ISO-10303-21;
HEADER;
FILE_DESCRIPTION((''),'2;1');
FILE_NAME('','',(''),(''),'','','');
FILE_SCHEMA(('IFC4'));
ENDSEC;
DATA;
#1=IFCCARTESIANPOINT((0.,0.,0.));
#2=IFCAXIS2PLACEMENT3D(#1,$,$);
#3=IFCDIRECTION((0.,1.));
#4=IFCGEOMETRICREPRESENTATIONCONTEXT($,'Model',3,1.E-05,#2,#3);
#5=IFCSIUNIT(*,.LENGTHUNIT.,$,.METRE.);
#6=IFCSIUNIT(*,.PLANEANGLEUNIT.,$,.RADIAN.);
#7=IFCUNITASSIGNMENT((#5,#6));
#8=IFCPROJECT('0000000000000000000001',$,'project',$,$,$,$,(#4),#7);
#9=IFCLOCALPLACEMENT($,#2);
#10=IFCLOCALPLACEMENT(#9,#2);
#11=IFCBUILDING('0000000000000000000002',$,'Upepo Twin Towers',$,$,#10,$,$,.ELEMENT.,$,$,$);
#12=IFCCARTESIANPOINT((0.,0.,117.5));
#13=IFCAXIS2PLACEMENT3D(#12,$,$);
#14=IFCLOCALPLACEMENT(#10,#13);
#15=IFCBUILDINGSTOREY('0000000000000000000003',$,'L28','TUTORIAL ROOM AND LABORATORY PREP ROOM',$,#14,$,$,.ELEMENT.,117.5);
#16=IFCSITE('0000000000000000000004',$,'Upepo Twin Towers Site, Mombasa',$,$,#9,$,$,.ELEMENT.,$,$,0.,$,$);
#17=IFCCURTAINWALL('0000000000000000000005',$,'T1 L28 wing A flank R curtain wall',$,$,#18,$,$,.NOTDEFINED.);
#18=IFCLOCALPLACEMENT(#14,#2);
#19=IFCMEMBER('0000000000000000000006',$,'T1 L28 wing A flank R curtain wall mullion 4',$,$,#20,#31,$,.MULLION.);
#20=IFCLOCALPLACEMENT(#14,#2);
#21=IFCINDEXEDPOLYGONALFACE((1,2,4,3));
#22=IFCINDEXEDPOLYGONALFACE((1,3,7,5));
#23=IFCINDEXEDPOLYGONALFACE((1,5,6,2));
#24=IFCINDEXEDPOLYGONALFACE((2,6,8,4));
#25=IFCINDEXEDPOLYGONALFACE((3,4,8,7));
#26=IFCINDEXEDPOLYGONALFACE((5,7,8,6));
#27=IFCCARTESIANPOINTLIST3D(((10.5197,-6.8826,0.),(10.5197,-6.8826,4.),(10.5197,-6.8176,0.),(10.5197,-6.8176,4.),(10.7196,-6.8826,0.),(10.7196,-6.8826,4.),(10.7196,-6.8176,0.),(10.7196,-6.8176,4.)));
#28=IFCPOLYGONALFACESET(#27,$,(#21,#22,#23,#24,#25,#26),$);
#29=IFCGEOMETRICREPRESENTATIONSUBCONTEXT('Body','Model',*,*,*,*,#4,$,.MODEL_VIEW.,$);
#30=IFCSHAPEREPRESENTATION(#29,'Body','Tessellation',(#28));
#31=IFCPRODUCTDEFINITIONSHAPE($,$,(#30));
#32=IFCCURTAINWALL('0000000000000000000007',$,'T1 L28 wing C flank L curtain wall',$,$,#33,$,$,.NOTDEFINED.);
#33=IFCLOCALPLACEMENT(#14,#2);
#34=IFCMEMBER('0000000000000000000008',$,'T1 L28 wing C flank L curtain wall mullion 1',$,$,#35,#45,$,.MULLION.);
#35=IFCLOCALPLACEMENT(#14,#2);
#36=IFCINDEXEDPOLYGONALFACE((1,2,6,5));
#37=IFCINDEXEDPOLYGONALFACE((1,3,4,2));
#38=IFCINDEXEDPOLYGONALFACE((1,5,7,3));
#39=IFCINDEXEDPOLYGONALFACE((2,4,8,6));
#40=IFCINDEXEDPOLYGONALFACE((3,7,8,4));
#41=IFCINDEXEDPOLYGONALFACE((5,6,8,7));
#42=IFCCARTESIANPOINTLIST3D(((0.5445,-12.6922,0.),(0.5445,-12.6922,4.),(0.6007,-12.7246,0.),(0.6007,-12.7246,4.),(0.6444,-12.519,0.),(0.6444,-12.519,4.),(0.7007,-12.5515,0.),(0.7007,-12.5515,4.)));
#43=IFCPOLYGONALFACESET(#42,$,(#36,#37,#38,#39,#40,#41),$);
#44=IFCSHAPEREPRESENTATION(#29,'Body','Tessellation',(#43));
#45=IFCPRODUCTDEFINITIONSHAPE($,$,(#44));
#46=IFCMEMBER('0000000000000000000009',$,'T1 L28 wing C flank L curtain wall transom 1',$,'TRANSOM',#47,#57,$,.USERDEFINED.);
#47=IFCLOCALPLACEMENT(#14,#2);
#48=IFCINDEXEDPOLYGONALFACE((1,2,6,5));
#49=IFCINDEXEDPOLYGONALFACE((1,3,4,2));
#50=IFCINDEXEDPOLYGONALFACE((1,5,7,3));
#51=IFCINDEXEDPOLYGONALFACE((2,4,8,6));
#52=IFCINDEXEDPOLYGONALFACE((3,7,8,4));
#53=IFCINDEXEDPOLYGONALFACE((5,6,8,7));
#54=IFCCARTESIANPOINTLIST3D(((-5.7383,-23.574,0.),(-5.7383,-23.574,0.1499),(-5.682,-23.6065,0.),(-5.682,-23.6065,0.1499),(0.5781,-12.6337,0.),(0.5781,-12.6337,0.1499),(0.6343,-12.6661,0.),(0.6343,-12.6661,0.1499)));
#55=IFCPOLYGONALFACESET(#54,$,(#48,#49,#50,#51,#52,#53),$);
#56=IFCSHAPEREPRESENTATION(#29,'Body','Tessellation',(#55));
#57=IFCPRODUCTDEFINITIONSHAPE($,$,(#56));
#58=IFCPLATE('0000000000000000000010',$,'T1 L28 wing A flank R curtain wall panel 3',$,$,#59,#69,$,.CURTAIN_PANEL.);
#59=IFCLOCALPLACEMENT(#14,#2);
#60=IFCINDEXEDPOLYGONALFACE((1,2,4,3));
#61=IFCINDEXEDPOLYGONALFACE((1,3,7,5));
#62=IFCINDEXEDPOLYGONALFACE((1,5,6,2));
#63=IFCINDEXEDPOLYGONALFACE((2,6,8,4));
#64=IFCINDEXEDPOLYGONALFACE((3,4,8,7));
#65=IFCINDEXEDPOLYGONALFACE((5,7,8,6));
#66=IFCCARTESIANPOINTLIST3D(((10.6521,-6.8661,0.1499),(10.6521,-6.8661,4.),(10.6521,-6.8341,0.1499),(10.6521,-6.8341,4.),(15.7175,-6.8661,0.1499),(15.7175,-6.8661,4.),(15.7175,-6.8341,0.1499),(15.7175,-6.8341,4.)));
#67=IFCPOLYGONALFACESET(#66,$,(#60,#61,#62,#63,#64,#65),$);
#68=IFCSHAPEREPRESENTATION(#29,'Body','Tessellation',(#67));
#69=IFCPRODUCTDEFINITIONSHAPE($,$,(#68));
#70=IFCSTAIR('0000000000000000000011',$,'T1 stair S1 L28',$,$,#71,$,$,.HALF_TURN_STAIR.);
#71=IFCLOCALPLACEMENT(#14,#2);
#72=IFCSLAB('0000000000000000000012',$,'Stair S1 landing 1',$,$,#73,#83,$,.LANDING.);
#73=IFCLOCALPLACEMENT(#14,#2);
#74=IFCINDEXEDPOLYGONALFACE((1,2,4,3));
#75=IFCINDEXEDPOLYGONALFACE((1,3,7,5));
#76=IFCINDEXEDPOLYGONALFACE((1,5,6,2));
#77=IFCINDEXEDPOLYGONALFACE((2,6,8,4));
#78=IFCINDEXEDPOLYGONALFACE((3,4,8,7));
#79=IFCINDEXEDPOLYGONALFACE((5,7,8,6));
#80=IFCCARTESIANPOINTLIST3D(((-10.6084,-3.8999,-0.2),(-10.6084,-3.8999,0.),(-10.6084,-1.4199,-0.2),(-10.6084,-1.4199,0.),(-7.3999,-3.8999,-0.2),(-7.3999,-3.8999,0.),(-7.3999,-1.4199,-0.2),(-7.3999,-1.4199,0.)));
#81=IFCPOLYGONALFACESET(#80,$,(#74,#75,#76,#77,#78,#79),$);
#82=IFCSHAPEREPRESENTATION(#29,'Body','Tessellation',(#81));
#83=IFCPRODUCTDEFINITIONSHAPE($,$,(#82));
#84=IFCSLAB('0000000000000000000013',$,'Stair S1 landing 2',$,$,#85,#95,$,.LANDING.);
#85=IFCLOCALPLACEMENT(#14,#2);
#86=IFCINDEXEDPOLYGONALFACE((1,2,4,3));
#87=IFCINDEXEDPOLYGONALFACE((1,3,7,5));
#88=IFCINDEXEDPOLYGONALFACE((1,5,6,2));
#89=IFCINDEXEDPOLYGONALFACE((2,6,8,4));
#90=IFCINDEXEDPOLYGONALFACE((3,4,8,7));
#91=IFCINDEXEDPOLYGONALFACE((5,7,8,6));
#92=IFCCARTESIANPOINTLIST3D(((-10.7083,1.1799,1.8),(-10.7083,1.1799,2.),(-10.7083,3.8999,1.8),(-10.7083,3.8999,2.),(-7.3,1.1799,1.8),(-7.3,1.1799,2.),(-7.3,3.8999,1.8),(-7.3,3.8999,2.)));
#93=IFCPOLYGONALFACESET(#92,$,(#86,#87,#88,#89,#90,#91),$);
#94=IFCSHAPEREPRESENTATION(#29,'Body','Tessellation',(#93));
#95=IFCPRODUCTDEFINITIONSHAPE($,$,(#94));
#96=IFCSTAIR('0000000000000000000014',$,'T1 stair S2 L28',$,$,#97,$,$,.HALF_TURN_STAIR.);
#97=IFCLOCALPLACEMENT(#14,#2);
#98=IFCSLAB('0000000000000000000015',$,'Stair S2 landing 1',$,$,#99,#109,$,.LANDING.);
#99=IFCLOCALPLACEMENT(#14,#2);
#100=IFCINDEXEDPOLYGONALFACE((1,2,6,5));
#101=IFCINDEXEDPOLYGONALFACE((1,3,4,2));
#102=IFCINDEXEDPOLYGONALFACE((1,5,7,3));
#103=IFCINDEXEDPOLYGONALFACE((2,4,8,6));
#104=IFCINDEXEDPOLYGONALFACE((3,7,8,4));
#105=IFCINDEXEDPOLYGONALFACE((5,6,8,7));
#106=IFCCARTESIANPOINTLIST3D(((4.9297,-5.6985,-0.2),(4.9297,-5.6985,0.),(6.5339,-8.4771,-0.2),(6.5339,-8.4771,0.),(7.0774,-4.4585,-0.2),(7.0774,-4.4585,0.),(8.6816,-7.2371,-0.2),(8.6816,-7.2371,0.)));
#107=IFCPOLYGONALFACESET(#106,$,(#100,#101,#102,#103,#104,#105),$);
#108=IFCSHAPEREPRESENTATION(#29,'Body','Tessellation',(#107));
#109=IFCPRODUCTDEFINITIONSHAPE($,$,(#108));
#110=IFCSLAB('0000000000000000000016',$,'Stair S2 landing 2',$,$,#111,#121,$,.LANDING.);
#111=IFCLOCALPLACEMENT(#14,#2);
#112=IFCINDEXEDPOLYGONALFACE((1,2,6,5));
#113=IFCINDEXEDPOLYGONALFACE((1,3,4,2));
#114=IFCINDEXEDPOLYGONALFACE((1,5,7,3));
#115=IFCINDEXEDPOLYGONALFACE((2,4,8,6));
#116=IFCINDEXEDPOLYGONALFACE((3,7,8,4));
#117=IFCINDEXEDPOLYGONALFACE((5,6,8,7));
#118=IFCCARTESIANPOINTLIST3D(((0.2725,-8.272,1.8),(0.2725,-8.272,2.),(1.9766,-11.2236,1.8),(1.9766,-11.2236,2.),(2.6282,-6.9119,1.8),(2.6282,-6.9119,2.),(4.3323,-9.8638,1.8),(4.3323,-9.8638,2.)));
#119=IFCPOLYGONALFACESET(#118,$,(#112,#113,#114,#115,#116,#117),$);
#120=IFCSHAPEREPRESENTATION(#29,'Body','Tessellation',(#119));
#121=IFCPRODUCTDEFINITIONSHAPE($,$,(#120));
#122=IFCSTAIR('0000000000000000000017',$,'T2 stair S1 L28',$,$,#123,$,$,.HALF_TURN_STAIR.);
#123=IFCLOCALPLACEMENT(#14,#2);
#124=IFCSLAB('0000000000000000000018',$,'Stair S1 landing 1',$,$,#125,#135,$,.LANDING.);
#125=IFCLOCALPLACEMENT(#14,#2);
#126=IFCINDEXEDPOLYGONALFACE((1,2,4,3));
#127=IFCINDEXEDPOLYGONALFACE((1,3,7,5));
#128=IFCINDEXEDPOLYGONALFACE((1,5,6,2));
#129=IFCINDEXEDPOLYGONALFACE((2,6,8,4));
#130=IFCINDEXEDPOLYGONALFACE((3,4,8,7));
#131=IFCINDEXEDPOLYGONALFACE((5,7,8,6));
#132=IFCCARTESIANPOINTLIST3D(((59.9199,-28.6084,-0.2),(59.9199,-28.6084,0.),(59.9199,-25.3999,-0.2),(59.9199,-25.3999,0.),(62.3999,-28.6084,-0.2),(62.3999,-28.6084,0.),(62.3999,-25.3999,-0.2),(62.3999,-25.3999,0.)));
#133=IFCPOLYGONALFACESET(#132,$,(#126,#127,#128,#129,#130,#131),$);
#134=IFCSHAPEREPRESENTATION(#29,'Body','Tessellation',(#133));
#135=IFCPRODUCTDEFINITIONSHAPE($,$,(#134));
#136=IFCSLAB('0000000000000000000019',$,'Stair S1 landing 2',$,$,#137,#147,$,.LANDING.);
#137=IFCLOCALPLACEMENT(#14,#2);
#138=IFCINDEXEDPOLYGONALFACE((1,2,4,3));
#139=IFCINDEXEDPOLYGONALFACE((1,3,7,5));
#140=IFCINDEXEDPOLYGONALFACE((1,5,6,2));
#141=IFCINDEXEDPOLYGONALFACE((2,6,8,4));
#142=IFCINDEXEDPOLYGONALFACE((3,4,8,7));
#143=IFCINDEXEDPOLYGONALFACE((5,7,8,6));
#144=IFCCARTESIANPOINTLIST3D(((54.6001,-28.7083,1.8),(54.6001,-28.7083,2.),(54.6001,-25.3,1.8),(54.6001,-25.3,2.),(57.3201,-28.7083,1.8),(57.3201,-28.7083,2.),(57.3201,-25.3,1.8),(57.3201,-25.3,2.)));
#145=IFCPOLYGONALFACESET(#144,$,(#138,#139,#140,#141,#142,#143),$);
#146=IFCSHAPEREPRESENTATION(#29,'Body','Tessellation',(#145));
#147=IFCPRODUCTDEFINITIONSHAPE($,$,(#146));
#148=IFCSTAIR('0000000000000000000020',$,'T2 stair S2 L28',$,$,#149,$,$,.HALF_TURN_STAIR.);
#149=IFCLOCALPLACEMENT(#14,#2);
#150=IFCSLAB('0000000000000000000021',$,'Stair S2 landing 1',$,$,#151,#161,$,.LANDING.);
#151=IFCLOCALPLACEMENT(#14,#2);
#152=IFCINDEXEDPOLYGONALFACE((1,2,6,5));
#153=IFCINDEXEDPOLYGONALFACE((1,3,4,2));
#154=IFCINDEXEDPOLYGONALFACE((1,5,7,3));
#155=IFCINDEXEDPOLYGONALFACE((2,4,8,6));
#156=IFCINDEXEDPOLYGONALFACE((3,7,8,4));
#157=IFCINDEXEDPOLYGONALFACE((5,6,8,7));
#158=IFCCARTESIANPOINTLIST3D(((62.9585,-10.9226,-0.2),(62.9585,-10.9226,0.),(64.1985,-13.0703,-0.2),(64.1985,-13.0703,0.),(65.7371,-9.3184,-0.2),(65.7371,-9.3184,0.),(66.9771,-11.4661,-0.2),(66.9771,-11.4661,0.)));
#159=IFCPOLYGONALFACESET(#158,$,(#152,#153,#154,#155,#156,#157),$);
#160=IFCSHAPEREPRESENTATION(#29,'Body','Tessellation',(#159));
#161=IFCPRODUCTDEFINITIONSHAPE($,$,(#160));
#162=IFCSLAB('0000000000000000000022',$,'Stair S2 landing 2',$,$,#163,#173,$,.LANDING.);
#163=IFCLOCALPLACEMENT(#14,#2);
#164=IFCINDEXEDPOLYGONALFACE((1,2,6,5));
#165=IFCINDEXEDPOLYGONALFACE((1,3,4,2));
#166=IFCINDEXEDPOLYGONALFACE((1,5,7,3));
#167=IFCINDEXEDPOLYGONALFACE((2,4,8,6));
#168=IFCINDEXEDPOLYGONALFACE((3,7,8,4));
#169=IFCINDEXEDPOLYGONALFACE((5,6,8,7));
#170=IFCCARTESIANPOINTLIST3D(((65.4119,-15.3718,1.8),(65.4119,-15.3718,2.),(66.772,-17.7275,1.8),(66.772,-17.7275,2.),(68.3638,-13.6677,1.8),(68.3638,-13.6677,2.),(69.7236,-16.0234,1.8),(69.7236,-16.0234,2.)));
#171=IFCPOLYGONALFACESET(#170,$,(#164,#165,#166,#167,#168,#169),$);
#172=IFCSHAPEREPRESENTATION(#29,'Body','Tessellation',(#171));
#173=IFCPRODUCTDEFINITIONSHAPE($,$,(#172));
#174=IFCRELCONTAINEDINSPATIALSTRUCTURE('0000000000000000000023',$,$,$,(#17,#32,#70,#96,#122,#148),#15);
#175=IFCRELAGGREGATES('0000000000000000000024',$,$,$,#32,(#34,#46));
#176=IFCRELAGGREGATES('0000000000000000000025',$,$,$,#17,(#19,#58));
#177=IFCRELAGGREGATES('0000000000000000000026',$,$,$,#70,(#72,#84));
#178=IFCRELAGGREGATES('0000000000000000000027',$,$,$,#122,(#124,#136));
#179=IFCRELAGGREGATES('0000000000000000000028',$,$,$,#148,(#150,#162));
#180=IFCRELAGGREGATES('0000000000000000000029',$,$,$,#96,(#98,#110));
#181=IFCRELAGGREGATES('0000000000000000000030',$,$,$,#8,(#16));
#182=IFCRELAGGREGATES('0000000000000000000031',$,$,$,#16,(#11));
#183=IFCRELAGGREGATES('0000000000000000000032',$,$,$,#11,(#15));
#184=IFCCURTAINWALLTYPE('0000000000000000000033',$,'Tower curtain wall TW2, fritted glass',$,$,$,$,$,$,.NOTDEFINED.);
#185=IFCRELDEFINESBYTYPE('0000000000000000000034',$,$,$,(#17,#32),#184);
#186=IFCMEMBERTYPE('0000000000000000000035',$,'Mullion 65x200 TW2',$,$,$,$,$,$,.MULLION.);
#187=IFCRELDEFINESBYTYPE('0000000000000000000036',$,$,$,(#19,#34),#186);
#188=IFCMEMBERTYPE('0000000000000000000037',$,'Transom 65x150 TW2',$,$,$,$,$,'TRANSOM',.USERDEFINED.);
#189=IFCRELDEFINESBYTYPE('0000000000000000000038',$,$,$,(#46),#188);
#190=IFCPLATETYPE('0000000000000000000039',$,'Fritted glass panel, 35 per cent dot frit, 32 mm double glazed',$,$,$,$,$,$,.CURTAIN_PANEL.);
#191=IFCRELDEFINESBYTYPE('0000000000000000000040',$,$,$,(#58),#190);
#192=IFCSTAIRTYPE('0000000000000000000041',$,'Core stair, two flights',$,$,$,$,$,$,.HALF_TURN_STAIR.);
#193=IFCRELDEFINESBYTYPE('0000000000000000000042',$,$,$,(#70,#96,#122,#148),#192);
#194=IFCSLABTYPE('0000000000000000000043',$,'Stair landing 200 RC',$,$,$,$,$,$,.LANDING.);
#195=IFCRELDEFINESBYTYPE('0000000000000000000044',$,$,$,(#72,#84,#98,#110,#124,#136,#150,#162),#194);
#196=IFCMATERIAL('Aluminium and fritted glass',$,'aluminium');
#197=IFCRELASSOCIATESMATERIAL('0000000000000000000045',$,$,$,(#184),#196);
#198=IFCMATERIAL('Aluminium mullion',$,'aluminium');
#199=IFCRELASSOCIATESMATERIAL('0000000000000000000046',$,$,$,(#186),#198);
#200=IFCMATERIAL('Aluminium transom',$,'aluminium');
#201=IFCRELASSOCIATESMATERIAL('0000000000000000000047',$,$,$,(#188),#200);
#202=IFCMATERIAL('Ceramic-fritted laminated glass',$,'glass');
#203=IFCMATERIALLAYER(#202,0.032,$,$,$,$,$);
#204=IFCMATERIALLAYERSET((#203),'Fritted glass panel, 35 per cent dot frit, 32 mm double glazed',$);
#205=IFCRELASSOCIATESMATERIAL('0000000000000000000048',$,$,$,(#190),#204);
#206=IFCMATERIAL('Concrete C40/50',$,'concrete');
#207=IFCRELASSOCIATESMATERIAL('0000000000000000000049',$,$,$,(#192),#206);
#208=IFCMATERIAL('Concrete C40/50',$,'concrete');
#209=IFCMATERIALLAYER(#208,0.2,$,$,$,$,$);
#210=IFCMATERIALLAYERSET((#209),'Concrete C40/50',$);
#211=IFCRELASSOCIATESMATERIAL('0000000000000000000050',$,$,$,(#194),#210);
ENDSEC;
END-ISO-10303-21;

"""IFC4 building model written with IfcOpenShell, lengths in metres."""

from ifc_helpers import new_model, si_unit, direction, frame, origin, origin_2d, place, context, subcontext, project, spatial, polyline, rectangle, outline, extrude, material, layer, layer_set, material_profile, profile_set, type_object, element, aggregate, save


model = new_model("IFC4")

# Units and contexts
model_context = context("Model", 3, precision=1e-05, world=origin(), true_north=direction((0.0, 1.0)))
body_context = subcontext(model_context, "Body", "Model", "MODEL_VIEW")
ifc_project = project(units=[si_unit("LENGTHUNIT", "METRE"), si_unit("PLANEANGLEUNIT", "RADIAN")], contexts=[model_context])

# Site, building, storey
site_placement = place(None, origin())
site = spatial("IfcSite", under=ifc_project, at=site_placement, Name="Upepo Twin Towers Site, Mombasa", CompositionType="ELEMENT", RefElevation=0.0)
building_placement = place(site_placement, origin())
building = spatial("IfcBuilding", under=site, at=building_placement, Name="Upepo Twin Towers", CompositionType="ELEMENT")
storey_placement = place(building_placement, frame((0.0, 0.0, 117.5)))
storey = spatial("IfcBuildingStorey", under=building, at=storey_placement, Name="L28", Description="TUTORIAL ROOM AND LABORATORY PREP ROOM", CompositionType="ELEMENT", Elevation=117.5)

# Curtain wall, member
ifc_material_1 = material(Name="Aluminium and fritted glass", Category="aluminium")
curtain_wall_type = type_object("IfcCurtainWallType", Name="Tower curtain wall TW2, fritted glass", PredefinedType="NOTDEFINED", material=ifc_material_1)
curtain_wall_1_placement = place(storey_placement, origin())
curtain_wall_1 = element("IfcCurtainWall", 1, at=curtain_wall_1_placement, inside=storey, type_object=curtain_wall_type, Name="T1 L28 wing A flank R curtain wall", PredefinedType="NOTDEFINED")
ifc_material_2 = material(Name="Aluminium mullion", Category="aluminium")
ifc_material_profile_1 = material_profile(ifc_material_2, rectangle(XDim=0.0649, YDim=0.2, at=origin_2d()), Name="MULLION 65x200")
ifc_profile_set_1 = profile_set([ifc_material_profile_1], Name="Aluminium mullion")
member_type_1 = type_object("IfcMemberType", Name="Mullion 65x200 TW2", PredefinedType="MULLION", material=ifc_profile_set_1)
member_1_placement = place(storey_placement, frame((10.6196, -6.8501, 0.0), z_axis=(0.0, 0.0, 1.0), x_axis=(0.0, -1.0, 0.0)))
member_1 = element("IfcMember", 2, at=member_1_placement, type_object=member_type_1, Name="T1 L28 wing A flank R curtain wall mullion 4", PredefinedType="MULLION", context=body_context, shape_type="SweptSolid", body=[
    extrude(rectangle(XDim=0.0649, YDim=0.2, at=origin_2d()), origin(), (0.0, 0.0, 1.0), 4.0),
])

# Curtain wall, members
curtain_wall_2_placement = place(storey_placement, origin())
curtain_wall_2 = element("IfcCurtainWall", 3, at=curtain_wall_2_placement, inside=storey, type_object=curtain_wall_type, Name="T1 L28 wing C flank L curtain wall", PredefinedType="NOTDEFINED")
member_2_placement = place(storey_placement, frame((0.6226, -12.6218, 0.0), z_axis=(0.0, 0.0, 1.0), x_axis=(0.866025, -0.5, 0.0)))
member_2 = element("IfcMember", 4, at=member_2_placement, type_object=member_type_1, Name="T1 L28 wing C flank L curtain wall mullion 1", PredefinedType="MULLION", context=body_context, shape_type="SweptSolid", body=[
    extrude(rectangle(XDim=0.0649, YDim=0.2, at=origin_2d()), origin(), (0.0, 0.0, 1.0), 4.0),
])
ifc_material_3 = material(Name="Aluminium transom", Category="aluminium")
ifc_material_profile_2 = material_profile(ifc_material_3, rectangle(XDim=0.0649, YDim=0.1499, at=origin_2d()), Name="TRANSOM 65x150")
ifc_profile_set_2 = profile_set([ifc_material_profile_2], Name="Aluminium transom")
member_type_2 = type_object("IfcMemberType", Name="Transom 65x150 TW2", ElementType="TRANSOM", PredefinedType="USERDEFINED", material=ifc_profile_set_2)
member_3_placement = place(storey_placement, frame((0.6062, -12.6499, 0.075), z_axis=(-0.499997, -0.866027, 0.0), x_axis=(0.866027, -0.499997, 0.0)))
member_3 = element("IfcMember", 5, at=member_3_placement, type_object=member_type_2, Name="T1 L28 wing C flank L curtain wall transom 1", ObjectType="TRANSOM", PredefinedType="USERDEFINED", context=body_context, shape_type="SweptSolid", body=[
    extrude(rectangle(XDim=0.0649, YDim=0.1499, at=origin_2d()), origin(), (0.0, 0.0, 1.0), 12.6328),
])
aggregate(curtain_wall_2, [member_2, member_3])

# Plate
ifc_material_4 = material(Name="Ceramic-fritted laminated glass", Category="glass")
ifc_layer_1 = layer(ifc_material_4, 0.032)
ifc_layer_set_1 = layer_set([ifc_layer_1], Name="Fritted glass panel, 35 per cent dot frit, 32 mm double glazed")
plate_type = type_object("IfcPlateType", Name="Fritted glass panel, 35 per cent dot frit, 32 mm double glazed", PredefinedType="CURTAIN_PANEL", material=ifc_layer_set_1)
plate_placement = place(storey_placement, frame((13.1848, -6.8501, 0.1499), z_axis=(0.0, 0.0, 1.0), x_axis=(-1.0, 0.0, 0.0)))
plate = element("IfcPlate", 6, at=plate_placement, type_object=plate_type, Name="T1 L28 wing A flank R curtain wall panel 3", PredefinedType="CURTAIN_PANEL", context=body_context, shape_type="SweptSolid", body=[
    extrude(rectangle(XDim=5.0654, YDim=0.032, at=origin_2d()), origin(), (0.0, 0.0, 1.0), 3.8501),
])
aggregate(curtain_wall_1, [member_1, plate])

# Stairs, slabs
ifc_material_5 = material(Name="Concrete C40/50", Category="concrete")
stair_type = type_object("IfcStairType", Name="Core stair, two flights", PredefinedType="HALF_TURN_STAIR", material=ifc_material_5)
stair_1_placement = place(storey_placement, origin())
stair_1 = element("IfcStair", 7, at=stair_1_placement, inside=storey, type_object=stair_type, Name="T1 stair S1 L28", PredefinedType="HALF_TURN_STAIR")
ifc_material_6 = material(Name="Concrete C40/50", Category="concrete")
ifc_layer_2 = layer(ifc_material_6, 0.2)
ifc_layer_set_2 = layer_set([ifc_layer_2], Name="Concrete C40/50")
slab_type_1 = type_object("IfcSlabType", Name="Stair landing 200 RC", PredefinedType="LANDING", material=ifc_layer_set_2)
slab_1_placement = place(storey_placement, frame((0.0, 0.0, -0.2)))
slab_1 = element("IfcSlab", 8, at=slab_1_placement, type_object=slab_type_1, Name="Stair S1 landing 1", PredefinedType="LANDING", context=body_context, shape_type="SweptSolid", body=[
    extrude(outline(polyline([(-7.3999, -1.4199), (-10.6084, -1.4199), (-10.6084, -3.8999), (-7.3999, -3.8999), (-7.3999, -1.4199)])), origin(), (0.0, 0.0, 1.0), 0.2),
])
slab_2_placement = place(storey_placement, frame((0.0, 0.0, 1.8)))
slab_2 = element("IfcSlab", 9, at=slab_2_placement, type_object=slab_type_1, Name="Stair S1 landing 2", PredefinedType="LANDING", context=body_context, shape_type="SweptSolid", body=[
    extrude(outline(polyline([(-7.3, 3.8999), (-10.7083, 3.8999), (-10.7083, 1.1799), (-7.3, 1.1799), (-7.3, 3.8999)])), origin(), (0.0, 0.0, 1.0), 0.2),
])
aggregate(stair_1, [slab_1, slab_2])
stair_2_placement = place(storey_placement, origin())
stair_2 = element("IfcStair", 10, at=stair_2_placement, inside=storey, type_object=stair_type, Name="T1 stair S2 L28", PredefinedType="HALF_TURN_STAIR")
slab_3_placement = place(storey_placement, frame((0.0, 0.0, -0.2)))
slab_3 = element("IfcSlab", 11, at=slab_3_placement, type_object=slab_type_1, Name="Stair S2 landing 1", PredefinedType="LANDING", context=body_context, shape_type="SweptSolid", body=[
    extrude(outline(polyline([(4.9297, -5.6985), (6.5339, -8.4771), (8.6816, -7.2371), (7.0774, -4.4585), (4.9297, -5.6985)])), origin(), (0.0, 0.0, 1.0), 0.2),
])
slab_4_placement = place(storey_placement, frame((0.0, 0.0, 1.8)))
slab_4 = element("IfcSlab", 12, at=slab_4_placement, type_object=slab_type_1, Name="Stair S2 landing 2", PredefinedType="LANDING", context=body_context, shape_type="SweptSolid", body=[
    extrude(outline(polyline([(0.2725, -8.272), (1.9766, -11.2236), (4.3323, -9.8638), (2.6282, -6.9119), (0.2725, -8.272)])), origin(), (0.0, 0.0, 1.0), 0.2),
])
stair_3_placement = place(storey_placement, origin())
stair_3 = element("IfcStair", 13, at=stair_3_placement, inside=storey, type_object=stair_type, Name="T2 stair S1 L28", PredefinedType="HALF_TURN_STAIR")
slab_5_placement = place(storey_placement, frame((0.0, 0.0, -0.2)))
slab_5 = element("IfcSlab", 14, at=slab_5_placement, type_object=slab_type_1, Name="Stair S1 landing 1", PredefinedType="LANDING", context=body_context, shape_type="SweptSolid", body=[
    extrude(outline(polyline([(59.9199, -25.3999), (59.9199, -28.6084), (62.3999, -28.6084), (62.3999, -25.3999), (59.9199, -25.3999)])), origin(), (0.0, 0.0, 1.0), 0.2),
])
slab_6_placement = place(storey_placement, frame((0.0, 0.0, 1.8)))
slab_6 = element("IfcSlab", 15, at=slab_6_placement, type_object=slab_type_1, Name="Stair S1 landing 2", PredefinedType="LANDING", context=body_context, shape_type="SweptSolid", body=[
    extrude(outline(polyline([(54.6001, -25.3), (54.6001, -28.7083), (57.3201, -28.7083), (57.3201, -25.3), (54.6001, -25.3)])), origin(), (0.0, 0.0, 1.0), 0.2),
])
aggregate(stair_3, [slab_5, slab_6])
stair_4_placement = place(storey_placement, origin())
stair_4 = element("IfcStair", 16, at=stair_4_placement, inside=storey, type_object=stair_type, Name="T2 stair S2 L28", PredefinedType="HALF_TURN_STAIR")
slab_7_placement = place(storey_placement, frame((0.0, 0.0, -0.2)))
slab_7 = element("IfcSlab", 17, at=slab_7_placement, type_object=slab_type_1, Name="Stair S2 landing 1", PredefinedType="LANDING", context=body_context, shape_type="SweptSolid", body=[
    extrude(outline(polyline([(64.1985, -13.0703), (66.9771, -11.4661), (65.7371, -9.3184), (62.9585, -10.9226), (64.1985, -13.0703)])), origin(), (0.0, 0.0, 1.0), 0.2),
])
slab_8_placement = place(storey_placement, frame((0.0, 0.0, 1.8)))
slab_8 = element("IfcSlab", 18, at=slab_8_placement, type_object=slab_type_1, Name="Stair S2 landing 2", PredefinedType="LANDING", context=body_context, shape_type="SweptSolid", body=[
    extrude(outline(polyline([(66.772, -17.7275), (69.7236, -16.0234), (68.3638, -13.6677), (65.4119, -15.3718), (66.772, -17.7275)])), origin(), (0.0, 0.0, 1.0), 0.2),
])
aggregate(stair_4, [slab_7, slab_8])

aggregate(stair_2, [slab_3, slab_4])

save(model, "model.ifc")
